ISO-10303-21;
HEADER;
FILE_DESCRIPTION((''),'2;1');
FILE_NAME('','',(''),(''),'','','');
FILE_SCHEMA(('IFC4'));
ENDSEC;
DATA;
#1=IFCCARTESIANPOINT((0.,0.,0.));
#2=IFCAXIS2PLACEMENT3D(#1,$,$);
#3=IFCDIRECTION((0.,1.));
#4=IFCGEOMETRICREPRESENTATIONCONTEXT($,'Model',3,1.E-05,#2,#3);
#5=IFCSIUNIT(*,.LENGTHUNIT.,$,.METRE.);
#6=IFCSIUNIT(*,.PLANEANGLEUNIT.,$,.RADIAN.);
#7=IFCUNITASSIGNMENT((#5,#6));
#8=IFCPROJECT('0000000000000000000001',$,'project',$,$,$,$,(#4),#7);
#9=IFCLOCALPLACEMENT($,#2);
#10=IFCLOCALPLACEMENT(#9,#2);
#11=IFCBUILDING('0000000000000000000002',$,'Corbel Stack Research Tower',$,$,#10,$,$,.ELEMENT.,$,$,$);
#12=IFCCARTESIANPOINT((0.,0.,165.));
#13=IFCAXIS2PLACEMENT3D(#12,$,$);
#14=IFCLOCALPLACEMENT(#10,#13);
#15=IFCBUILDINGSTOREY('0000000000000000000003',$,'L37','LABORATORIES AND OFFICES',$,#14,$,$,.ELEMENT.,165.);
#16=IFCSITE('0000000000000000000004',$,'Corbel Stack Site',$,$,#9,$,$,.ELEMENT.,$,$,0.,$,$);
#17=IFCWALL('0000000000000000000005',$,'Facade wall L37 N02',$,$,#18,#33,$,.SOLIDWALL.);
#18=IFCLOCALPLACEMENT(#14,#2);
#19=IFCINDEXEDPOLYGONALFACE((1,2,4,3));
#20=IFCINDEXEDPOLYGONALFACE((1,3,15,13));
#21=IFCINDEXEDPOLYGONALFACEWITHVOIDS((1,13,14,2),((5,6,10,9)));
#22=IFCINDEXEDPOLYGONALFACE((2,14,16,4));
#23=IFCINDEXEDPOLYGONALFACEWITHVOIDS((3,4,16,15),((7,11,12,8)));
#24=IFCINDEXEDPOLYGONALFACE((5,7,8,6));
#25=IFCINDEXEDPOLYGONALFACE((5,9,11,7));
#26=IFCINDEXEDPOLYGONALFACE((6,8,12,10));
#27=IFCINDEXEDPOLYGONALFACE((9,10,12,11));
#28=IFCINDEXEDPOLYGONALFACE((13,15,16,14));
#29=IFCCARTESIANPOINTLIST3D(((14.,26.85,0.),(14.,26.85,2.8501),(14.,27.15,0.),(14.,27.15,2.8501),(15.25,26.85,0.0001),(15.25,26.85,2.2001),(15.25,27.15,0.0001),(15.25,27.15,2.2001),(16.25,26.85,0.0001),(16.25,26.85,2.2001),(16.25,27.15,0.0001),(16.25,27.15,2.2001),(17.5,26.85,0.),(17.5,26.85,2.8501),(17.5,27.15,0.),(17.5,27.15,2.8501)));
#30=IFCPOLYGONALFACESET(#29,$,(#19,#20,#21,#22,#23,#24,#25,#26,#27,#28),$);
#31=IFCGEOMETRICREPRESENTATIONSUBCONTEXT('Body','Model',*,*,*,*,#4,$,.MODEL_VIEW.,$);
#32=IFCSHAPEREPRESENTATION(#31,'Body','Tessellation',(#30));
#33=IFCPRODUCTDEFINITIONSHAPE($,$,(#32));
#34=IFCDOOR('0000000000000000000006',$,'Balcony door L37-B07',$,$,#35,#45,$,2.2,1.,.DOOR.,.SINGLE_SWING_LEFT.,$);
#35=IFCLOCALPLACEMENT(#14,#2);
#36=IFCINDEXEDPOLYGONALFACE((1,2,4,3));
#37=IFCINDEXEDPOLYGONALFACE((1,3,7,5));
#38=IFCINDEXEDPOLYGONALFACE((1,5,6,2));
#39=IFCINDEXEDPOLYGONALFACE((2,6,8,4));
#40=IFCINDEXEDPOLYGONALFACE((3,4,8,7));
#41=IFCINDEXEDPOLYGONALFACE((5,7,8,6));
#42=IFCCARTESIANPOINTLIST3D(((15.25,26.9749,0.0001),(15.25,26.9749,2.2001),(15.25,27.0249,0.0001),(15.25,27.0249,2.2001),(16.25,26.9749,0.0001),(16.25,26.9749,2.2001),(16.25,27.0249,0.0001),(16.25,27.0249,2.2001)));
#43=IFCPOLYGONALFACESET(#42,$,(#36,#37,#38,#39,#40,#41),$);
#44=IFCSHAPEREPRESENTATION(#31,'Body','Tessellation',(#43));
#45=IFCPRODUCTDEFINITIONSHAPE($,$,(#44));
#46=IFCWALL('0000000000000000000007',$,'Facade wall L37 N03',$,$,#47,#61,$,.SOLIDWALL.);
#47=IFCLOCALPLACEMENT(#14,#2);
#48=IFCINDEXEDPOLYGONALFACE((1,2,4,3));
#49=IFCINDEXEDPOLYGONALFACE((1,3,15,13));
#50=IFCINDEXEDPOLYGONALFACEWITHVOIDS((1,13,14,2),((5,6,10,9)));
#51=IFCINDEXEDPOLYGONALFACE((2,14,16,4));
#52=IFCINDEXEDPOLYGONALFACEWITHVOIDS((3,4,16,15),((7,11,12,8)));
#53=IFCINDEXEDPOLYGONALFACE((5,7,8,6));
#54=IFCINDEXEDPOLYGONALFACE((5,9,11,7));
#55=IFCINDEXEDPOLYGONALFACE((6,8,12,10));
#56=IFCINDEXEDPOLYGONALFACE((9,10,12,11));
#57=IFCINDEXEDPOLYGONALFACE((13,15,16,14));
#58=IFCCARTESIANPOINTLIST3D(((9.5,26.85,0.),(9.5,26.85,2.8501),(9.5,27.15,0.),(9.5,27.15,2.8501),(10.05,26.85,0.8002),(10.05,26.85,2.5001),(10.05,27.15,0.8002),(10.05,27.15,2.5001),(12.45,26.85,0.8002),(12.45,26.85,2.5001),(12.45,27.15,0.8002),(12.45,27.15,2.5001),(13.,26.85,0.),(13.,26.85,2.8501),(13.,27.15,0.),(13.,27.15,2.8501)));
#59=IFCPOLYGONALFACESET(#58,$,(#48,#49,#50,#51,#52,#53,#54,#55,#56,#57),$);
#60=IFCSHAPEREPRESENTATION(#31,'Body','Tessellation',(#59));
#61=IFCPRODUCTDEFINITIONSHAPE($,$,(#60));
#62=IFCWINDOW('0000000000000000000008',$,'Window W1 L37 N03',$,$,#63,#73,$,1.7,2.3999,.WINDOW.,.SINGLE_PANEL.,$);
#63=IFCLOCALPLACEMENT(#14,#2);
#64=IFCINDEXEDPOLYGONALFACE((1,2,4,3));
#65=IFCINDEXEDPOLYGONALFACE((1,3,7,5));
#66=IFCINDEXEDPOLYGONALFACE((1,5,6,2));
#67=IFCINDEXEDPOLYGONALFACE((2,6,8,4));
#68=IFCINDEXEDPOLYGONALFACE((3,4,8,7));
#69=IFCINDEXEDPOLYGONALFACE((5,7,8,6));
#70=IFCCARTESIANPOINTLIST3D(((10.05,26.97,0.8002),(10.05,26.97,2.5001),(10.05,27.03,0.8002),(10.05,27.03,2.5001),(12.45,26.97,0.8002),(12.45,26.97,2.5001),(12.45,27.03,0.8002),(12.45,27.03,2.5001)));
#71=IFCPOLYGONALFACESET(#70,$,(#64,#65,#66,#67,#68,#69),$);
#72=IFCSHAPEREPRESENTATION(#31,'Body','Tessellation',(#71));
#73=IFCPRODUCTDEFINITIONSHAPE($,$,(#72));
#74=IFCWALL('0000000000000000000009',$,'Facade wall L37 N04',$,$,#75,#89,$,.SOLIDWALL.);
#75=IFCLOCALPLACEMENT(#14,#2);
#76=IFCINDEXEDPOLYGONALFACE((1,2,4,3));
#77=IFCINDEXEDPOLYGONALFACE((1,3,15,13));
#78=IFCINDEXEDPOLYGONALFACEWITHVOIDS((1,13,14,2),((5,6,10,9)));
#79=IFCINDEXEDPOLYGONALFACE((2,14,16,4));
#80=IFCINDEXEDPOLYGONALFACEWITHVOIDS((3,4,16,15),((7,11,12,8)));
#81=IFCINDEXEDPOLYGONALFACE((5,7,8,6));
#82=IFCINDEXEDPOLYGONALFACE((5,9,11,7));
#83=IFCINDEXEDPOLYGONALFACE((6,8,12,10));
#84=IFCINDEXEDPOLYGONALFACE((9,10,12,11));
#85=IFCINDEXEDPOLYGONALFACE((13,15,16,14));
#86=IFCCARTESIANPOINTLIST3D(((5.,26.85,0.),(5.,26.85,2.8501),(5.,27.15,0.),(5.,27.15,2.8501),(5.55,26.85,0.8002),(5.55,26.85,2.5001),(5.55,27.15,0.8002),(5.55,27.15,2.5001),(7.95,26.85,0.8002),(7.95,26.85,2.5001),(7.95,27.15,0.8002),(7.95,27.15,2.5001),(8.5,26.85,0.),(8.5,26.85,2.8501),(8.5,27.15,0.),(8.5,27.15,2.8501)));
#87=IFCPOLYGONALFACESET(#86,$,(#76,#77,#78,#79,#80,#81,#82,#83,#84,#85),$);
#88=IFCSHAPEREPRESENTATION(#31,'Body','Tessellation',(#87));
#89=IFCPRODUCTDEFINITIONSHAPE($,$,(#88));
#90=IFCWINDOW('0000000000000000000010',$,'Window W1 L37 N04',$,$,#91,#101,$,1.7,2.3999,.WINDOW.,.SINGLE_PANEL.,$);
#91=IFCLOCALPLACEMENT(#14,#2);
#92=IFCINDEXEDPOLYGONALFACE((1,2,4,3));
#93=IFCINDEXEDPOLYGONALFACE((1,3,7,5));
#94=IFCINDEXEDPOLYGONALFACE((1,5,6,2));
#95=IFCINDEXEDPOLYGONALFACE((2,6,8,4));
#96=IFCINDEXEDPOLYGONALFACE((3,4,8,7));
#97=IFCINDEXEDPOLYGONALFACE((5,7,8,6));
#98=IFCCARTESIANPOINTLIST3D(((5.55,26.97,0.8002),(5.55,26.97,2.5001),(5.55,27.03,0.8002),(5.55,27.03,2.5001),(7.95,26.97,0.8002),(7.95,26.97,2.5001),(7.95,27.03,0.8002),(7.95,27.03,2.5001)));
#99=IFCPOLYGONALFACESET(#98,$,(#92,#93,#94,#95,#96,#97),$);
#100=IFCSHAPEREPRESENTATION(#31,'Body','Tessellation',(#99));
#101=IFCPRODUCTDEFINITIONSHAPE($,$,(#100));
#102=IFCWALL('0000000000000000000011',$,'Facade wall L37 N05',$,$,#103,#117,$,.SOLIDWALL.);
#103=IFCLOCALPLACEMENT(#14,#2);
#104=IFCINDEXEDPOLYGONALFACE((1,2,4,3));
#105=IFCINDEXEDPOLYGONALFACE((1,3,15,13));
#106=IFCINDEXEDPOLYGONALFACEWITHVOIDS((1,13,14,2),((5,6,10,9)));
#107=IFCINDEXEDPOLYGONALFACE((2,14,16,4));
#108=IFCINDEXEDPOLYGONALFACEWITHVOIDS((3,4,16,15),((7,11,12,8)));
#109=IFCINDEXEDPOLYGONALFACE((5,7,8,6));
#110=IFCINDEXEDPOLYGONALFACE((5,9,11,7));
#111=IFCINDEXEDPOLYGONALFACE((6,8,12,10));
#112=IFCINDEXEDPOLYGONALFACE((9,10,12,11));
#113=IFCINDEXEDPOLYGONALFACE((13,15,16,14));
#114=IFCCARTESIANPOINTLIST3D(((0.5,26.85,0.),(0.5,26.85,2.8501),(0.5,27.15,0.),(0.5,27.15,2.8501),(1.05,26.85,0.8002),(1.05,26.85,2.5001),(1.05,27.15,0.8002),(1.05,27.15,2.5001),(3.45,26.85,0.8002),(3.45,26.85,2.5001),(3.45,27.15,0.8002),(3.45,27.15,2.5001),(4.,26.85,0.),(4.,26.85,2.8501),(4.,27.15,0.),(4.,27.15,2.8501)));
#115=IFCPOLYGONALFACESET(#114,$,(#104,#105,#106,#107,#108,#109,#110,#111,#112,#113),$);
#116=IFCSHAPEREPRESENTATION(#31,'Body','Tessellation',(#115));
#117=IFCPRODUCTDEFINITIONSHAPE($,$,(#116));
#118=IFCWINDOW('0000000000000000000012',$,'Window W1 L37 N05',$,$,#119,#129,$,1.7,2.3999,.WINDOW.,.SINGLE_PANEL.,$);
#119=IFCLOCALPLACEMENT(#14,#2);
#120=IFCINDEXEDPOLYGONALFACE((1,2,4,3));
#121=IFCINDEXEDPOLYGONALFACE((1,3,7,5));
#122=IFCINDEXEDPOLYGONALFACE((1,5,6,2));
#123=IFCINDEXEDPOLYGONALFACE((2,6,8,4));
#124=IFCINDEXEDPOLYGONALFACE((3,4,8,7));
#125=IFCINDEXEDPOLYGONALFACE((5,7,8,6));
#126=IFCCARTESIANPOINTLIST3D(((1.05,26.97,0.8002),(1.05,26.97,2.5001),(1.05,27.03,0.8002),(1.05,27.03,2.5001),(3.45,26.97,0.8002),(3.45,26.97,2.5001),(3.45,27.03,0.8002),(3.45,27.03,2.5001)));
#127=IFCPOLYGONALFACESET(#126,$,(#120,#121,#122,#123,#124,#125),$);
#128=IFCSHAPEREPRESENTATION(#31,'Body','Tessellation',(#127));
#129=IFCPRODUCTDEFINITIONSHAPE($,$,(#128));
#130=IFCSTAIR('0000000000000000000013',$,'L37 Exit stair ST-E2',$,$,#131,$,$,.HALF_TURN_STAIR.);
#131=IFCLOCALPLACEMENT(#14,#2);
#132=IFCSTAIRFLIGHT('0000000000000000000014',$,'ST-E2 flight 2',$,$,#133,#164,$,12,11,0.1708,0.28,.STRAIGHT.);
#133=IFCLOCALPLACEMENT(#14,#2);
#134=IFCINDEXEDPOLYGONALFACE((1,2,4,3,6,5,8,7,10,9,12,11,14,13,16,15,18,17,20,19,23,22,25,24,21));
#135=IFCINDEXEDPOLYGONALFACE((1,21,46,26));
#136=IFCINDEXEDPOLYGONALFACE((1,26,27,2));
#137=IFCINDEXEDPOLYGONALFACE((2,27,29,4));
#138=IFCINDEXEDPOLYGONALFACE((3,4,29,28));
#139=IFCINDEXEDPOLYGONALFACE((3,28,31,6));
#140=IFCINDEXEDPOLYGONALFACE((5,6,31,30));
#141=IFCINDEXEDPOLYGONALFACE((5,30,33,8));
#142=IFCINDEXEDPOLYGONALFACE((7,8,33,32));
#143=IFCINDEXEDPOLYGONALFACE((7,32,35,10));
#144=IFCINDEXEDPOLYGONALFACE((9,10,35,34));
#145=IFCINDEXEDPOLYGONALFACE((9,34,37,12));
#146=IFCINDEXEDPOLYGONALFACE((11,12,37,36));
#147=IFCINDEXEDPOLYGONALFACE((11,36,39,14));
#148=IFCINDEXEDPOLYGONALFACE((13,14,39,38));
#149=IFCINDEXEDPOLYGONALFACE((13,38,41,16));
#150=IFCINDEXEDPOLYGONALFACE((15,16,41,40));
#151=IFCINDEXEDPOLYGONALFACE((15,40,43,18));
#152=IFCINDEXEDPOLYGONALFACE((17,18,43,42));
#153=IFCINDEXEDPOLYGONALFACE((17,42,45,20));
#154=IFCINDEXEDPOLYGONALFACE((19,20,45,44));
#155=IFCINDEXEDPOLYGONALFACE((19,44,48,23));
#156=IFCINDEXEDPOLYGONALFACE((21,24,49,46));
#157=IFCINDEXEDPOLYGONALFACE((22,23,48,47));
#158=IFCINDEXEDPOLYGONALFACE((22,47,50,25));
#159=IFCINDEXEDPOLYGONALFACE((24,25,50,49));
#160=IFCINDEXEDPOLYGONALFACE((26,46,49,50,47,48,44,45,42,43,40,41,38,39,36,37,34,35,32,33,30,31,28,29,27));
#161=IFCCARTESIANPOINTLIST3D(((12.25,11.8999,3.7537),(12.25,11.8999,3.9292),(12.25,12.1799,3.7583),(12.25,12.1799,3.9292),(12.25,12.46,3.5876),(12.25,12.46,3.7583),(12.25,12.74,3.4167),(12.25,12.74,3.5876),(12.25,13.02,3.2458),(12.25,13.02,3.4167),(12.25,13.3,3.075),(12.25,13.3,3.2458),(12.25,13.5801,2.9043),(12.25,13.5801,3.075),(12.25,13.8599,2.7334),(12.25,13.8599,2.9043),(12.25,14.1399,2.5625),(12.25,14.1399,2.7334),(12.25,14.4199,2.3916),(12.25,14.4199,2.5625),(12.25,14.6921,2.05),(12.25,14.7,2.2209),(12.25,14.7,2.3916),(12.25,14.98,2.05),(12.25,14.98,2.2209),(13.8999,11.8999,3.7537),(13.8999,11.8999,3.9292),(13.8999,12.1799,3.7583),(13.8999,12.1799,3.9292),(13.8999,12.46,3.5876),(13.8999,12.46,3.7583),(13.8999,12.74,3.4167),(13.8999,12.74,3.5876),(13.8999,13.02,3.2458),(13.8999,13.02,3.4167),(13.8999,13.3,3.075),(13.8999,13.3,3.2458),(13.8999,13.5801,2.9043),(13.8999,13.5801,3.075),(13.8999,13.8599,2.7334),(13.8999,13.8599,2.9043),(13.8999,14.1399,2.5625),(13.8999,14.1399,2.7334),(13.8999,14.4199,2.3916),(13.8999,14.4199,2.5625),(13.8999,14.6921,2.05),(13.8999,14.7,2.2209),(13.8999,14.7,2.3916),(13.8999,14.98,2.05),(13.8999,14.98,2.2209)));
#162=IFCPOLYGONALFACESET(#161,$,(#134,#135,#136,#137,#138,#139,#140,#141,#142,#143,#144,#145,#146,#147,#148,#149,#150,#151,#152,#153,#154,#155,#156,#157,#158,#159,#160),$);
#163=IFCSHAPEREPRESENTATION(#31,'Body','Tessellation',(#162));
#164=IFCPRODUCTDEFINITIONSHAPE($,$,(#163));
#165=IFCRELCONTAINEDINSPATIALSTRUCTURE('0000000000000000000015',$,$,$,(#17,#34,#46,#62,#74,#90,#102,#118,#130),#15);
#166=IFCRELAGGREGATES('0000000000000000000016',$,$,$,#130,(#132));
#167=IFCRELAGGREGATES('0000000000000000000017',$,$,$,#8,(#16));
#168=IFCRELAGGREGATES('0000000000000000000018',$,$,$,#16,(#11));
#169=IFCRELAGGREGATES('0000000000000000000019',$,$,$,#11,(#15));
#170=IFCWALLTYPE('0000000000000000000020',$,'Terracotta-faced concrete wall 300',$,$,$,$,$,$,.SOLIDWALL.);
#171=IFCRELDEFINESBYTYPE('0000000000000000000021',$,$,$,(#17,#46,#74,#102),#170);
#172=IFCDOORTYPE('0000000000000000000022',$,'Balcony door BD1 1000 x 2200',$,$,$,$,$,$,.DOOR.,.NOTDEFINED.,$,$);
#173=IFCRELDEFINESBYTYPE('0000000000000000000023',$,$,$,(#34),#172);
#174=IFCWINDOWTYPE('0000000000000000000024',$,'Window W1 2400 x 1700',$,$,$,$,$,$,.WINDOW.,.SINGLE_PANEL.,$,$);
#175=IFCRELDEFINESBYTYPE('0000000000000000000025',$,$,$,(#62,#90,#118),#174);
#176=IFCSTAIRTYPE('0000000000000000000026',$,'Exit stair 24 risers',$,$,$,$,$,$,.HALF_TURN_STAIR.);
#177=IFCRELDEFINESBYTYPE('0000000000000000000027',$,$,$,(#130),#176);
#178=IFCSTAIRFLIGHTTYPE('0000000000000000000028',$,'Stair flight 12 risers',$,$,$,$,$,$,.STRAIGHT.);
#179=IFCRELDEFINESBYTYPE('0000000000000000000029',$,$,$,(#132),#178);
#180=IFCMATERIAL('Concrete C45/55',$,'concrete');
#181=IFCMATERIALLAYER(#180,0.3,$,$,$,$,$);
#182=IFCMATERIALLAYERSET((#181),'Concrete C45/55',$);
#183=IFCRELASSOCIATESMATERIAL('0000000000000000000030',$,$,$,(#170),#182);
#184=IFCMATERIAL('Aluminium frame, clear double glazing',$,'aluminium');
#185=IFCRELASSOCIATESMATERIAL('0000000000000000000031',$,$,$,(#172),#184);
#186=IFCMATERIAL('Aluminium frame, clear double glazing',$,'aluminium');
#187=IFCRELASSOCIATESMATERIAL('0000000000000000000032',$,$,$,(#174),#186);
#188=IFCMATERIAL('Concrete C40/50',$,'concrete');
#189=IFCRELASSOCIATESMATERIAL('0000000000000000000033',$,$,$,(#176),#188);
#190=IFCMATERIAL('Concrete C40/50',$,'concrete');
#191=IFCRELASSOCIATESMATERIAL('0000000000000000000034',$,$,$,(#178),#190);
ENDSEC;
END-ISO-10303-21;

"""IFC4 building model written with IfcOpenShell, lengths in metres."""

from ifc_helpers import new_model, si_unit, direction, frame, frame_2d, origin, place, context, subcontext, project, spatial, polyline, rectangle, outline, extrude, material, layer, layer_set, type_object, element, fill, aggregate, save


model = new_model("IFC4")

# Units and contexts
model_context = context("Model", 3, precision=1e-05, world=origin(), true_north=direction((0.0, 1.0)))
body_context = subcontext(model_context, "Body", "Model", "MODEL_VIEW")
ifc_project = project(units=[si_unit("LENGTHUNIT", "METRE"), si_unit("PLANEANGLEUNIT", "RADIAN")], contexts=[model_context])

# Site, building, storey
site_placement = place(None, origin())
site = spatial("IfcSite", under=ifc_project, at=site_placement, Name="Corbel Stack Site", CompositionType="ELEMENT", RefElevation=0.0)
building_placement = place(site_placement, origin())
building = spatial("IfcBuilding", under=site, at=building_placement, Name="Corbel Stack Research Tower", CompositionType="ELEMENT")
storey_placement = place(building_placement, frame((0.0, 0.0, 165.0)))
storey = spatial("IfcBuildingStorey", under=building, at=storey_placement, Name="L37", Description="LABORATORIES AND OFFICES", CompositionType="ELEMENT", Elevation=165.0)

# Wall, opening, door
ifc_material_1 = material(Name="Concrete C45/55", Category="concrete")
ifc_layer_1 = layer(ifc_material_1, 0.3)
ifc_layer_set_1 = layer_set([ifc_layer_1], Name="Concrete C45/55")
wall_type_1 = type_object("IfcWallType", Name="Terracotta-faced concrete wall 300", PredefinedType="SOLIDWALL", material=ifc_layer_set_1)
wall_1_placement = place(storey_placement, frame((14.0, 27.0, 0.0), z_axis=(0.0, 0.0, 1.0), x_axis=(1.0, 0.0, 0.0)))
wall_1 = element("IfcWall", 1, at=wall_1_placement, inside=storey, type_object=wall_type_1, Name="Facade wall L37 N02", PredefinedType="SOLIDWALL", context=body_context, shape_type="SweptSolid", body=[
    extrude(rectangle(XDim=3.5, YDim=0.3, at=frame_2d((1.75, 0.0))), origin(), (0.0, 0.0, 1.0), 2.8501),
])
opening_1_placement = place(wall_1_placement, frame((1.25, 0.0, 0.0)))
opening_1 = element("IfcOpeningElement", 2, at=opening_1_placement, cuts=wall_1, PredefinedType="OPENING", context=body_context, shape_type="SweptSolid", body=[
    extrude(rectangle(XDim=1.0, YDim=2.2, at=frame_2d((0.5, 1.1001))), frame((0.0, 0.1599, 0.0), z_axis=(0.0, -1.0, 0.0), x_axis=(1.0, 0.0, 0.0)), (0.0, 0.0, 1.0), 0.3201),
])
ifc_material_2 = material(Name="Aluminium frame, clear double glazing", Category="aluminium")
door_type_1 = type_object("IfcDoorType", Name="Balcony door BD1 1000 x 2200", OperationType="NOTDEFINED", PredefinedType="DOOR", material=ifc_material_2)
door_1_placement = place(opening_1_placement, origin())
door_1 = element("IfcDoor", 3, at=door_1_placement, inside=storey, type_object=door_type_1, Name="Balcony door L37-B07", OperationType="SINGLE_SWING_LEFT", OverallHeight=2.2, OverallWidth=1.0, PredefinedType="DOOR", context=body_context, shape_type="SweptSolid", body=[
    extrude(rectangle(XDim=1.0, YDim=2.2, at=frame_2d((0.5, 1.1001))), frame((0.0, 0.0249, 0.0), z_axis=(0.0, -1.0, 0.0), x_axis=(1.0, 0.0, 0.0)), (0.0, 0.0, 1.0), 0.05),
])
fill(opening_1, door_1)

# Walls, openings, windows
wall_2_placement = place(storey_placement, frame((9.5, 27.0, 0.0), z_axis=(0.0, 0.0, 1.0), x_axis=(1.0, 0.0, 0.0)))
wall_2 = element("IfcWall", 4, at=wall_2_placement, inside=storey, type_object=wall_type_1, Name="Facade wall L37 N03", PredefinedType="SOLIDWALL", context=body_context, shape_type="SweptSolid", body=[
    extrude(rectangle(XDim=3.5, YDim=0.3, at=frame_2d((1.75, 0.0))), origin(), (0.0, 0.0, 1.0), 2.8501),
])
opening_2_placement = place(wall_2_placement, frame((0.55, 0.0, 0.8)))
opening_2 = element("IfcOpeningElement", 5, at=opening_2_placement, cuts=wall_2, PredefinedType="OPENING", context=body_context, shape_type="SweptSolid", body=[
    extrude(rectangle(XDim=2.3999, YDim=1.7, at=frame_2d((1.2, 0.8501))), frame((0.0, 0.1599, 0.0), z_axis=(0.0, -1.0, 0.0), x_axis=(1.0, 0.0, 0.0)), (0.0, 0.0, 1.0), 0.3201),
])
ifc_material_3 = material(Name="Aluminium frame, clear double glazing", Category="aluminium")
window_type = type_object("IfcWindowType", Name="Window W1 2400 x 1700", PartitioningType="SINGLE_PANEL", PredefinedType="WINDOW", material=ifc_material_3)
window_1_placement = place(opening_2_placement, origin())
window_1 = element("IfcWindow", 6, at=window_1_placement, inside=storey, type_object=window_type, Name="Window W1 L37 N03", OverallHeight=1.7, OverallWidth=2.3999, PartitioningType="SINGLE_PANEL", PredefinedType="WINDOW", context=body_context, shape_type="SweptSolid", body=[
    extrude(rectangle(XDim=2.3999, YDim=1.7, at=frame_2d((1.2, 0.8501))), frame((0.0, 0.03, 0.0), z_axis=(0.0, -1.0, 0.0), x_axis=(1.0, 0.0, 0.0)), (0.0, 0.0, 1.0), 0.0601),
])
fill(opening_2, window_1)
wall_3_placement = place(storey_placement, frame((5.0, 27.0, 0.0), z_axis=(0.0, 0.0, 1.0), x_axis=(1.0, 0.0, 0.0)))
wall_3 = element("IfcWall", 7, at=wall_3_placement, inside=storey, type_object=wall_type_1, Name="Facade wall L37 N04", PredefinedType="SOLIDWALL", context=body_context, shape_type="SweptSolid", body=[
    extrude(rectangle(XDim=3.5, YDim=0.3, at=frame_2d((1.75, 0.0))), origin(), (0.0, 0.0, 1.0), 2.8501),
])
opening_3_placement = place(wall_3_placement, frame((0.55, 0.0, 0.8)))
opening_3 = element("IfcOpeningElement", 8, at=opening_3_placement, cuts=wall_3, PredefinedType="OPENING", context=body_context, shape_type="SweptSolid", body=[
    extrude(rectangle(XDim=2.3999, YDim=1.7, at=frame_2d((1.2, 0.8501))), frame((0.0, 0.1599, 0.0), z_axis=(0.0, -1.0, 0.0), x_axis=(1.0, 0.0, 0.0)), (0.0, 0.0, 1.0), 0.3201),
])
window_2_placement = place(opening_3_placement, origin())
window_2 = element("IfcWindow", 9, at=window_2_placement, inside=storey, type_object=window_type, Name="Window W1 L37 N04", OverallHeight=1.7, OverallWidth=2.3999, PartitioningType="SINGLE_PANEL", PredefinedType="WINDOW", context=body_context, shape_type="SweptSolid", body=[
    extrude(rectangle(XDim=2.3999, YDim=1.7, at=frame_2d((1.2, 0.8501))), frame((0.0, 0.03, 0.0), z_axis=(0.0, -1.0, 0.0), x_axis=(1.0, 0.0, 0.0)), (0.0, 0.0, 1.0), 0.0601),
])
fill(opening_3, window_2)
wall_4_placement = place(storey_placement, frame((0.5, 27.0, 0.0), z_axis=(0.0, 0.0, 1.0), x_axis=(1.0, 0.0, 0.0)))
wall_4 = element("IfcWall", 10, at=wall_4_placement, inside=storey, type_object=wall_type_1, Name="Facade wall L37 N05", PredefinedType="SOLIDWALL", context=body_context, shape_type="SweptSolid", body=[
    extrude(rectangle(XDim=3.5, YDim=0.3, at=frame_2d((1.75, 0.0))), origin(), (0.0, 0.0, 1.0), 2.8501),
])
opening_4_placement = place(wall_4_placement, frame((0.55, 0.0, 0.8)))
opening_4 = element("IfcOpeningElement", 11, at=opening_4_placement, cuts=wall_4, PredefinedType="OPENING", context=body_context, shape_type="SweptSolid", body=[
    extrude(rectangle(XDim=2.3999, YDim=1.7, at=frame_2d((1.2, 0.8501))), frame((0.0, 0.1599, 0.0), z_axis=(0.0, -1.0, 0.0), x_axis=(1.0, 0.0, 0.0)), (0.0, 0.0, 1.0), 0.3201),
])
window_3_placement = place(opening_4_placement, origin())
window_3 = element("IfcWindow", 12, at=window_3_placement, inside=storey, type_object=window_type, Name="Window W1 L37 N05", OverallHeight=1.7, OverallWidth=2.3999, PartitioningType="SINGLE_PANEL", PredefinedType="WINDOW", context=body_context, shape_type="SweptSolid", body=[
    extrude(rectangle(XDim=2.3999, YDim=1.7, at=frame_2d((1.2, 0.8501))), frame((0.0, 0.03, 0.0), z_axis=(0.0, -1.0, 0.0), x_axis=(1.0, 0.0, 0.0)), (0.0, 0.0, 1.0), 0.0601),
])
fill(opening_4, window_3)

# Stair, stair flight
ifc_material_4 = material(Name="Concrete C40/50", Category="concrete")
stair_type = type_object("IfcStairType", Name="Exit stair 24 risers", PredefinedType="HALF_TURN_STAIR", material=ifc_material_4)
stair_placement = place(storey_placement, origin())
stair = element("IfcStair", 13, at=stair_placement, inside=storey, type_object=stair_type, Name="L37 Exit stair ST-E2", PredefinedType="HALF_TURN_STAIR")
ifc_material_5 = material(Name="Concrete C40/50", Category="concrete")
stair_flight_type = type_object("IfcStairFlightType", Name="Stair flight 12 risers", PredefinedType="STRAIGHT", material=ifc_material_5)
stair_flight_placement = place(storey_placement, frame((13.075, 14.98, 2.05), z_axis=(0.0, 0.0, 1.0), x_axis=(0.0, -1.0, 0.0)))
stair_flight = element("IfcStairFlight", 14, at=stair_flight_placement, type_object=stair_flight_type, Name="ST-E2 flight 2", NumberOfRisers=12, NumberOfTreads=11, PredefinedType="STRAIGHT", RiserHeight=0.1708, TreadLength=0.28, context=body_context, shape_type="SweptSolid", body=[
    extrude(outline(polyline([(0.0, 0.0), (0.0, 0.1709), (0.28, 0.1709), (0.28, 0.3416), (0.5601, 0.3416), (0.5601, 0.5125), (0.8401, 0.5125), (0.8401, 0.6833), (1.1201, 0.6833), (1.1201, 0.8542), (1.3999, 0.8542), (1.3999, 1.0249), (1.6799, 1.0249), (1.6799, 1.1958), (1.96, 1.1958), (1.96, 1.3667), (2.24, 1.3667), (2.24, 1.5376), (2.52, 1.5376), (2.52, 1.7083), (2.8, 1.7083), (2.8, 1.8792), (3.0801, 1.8792), (3.0801, 2.05), (3.0801, 1.7036), (0.2878, 0.0), (0.0, 0.0)])), frame((0.0, 0.825, 0.0), z_axis=(0.0, -1.0, 0.0), x_axis=(1.0, 0.0, 0.0)), (0.0, 0.0, 1.0), 1.6499),
])
aggregate(stair, [stair_flight])

save(model, "model.ifc")
